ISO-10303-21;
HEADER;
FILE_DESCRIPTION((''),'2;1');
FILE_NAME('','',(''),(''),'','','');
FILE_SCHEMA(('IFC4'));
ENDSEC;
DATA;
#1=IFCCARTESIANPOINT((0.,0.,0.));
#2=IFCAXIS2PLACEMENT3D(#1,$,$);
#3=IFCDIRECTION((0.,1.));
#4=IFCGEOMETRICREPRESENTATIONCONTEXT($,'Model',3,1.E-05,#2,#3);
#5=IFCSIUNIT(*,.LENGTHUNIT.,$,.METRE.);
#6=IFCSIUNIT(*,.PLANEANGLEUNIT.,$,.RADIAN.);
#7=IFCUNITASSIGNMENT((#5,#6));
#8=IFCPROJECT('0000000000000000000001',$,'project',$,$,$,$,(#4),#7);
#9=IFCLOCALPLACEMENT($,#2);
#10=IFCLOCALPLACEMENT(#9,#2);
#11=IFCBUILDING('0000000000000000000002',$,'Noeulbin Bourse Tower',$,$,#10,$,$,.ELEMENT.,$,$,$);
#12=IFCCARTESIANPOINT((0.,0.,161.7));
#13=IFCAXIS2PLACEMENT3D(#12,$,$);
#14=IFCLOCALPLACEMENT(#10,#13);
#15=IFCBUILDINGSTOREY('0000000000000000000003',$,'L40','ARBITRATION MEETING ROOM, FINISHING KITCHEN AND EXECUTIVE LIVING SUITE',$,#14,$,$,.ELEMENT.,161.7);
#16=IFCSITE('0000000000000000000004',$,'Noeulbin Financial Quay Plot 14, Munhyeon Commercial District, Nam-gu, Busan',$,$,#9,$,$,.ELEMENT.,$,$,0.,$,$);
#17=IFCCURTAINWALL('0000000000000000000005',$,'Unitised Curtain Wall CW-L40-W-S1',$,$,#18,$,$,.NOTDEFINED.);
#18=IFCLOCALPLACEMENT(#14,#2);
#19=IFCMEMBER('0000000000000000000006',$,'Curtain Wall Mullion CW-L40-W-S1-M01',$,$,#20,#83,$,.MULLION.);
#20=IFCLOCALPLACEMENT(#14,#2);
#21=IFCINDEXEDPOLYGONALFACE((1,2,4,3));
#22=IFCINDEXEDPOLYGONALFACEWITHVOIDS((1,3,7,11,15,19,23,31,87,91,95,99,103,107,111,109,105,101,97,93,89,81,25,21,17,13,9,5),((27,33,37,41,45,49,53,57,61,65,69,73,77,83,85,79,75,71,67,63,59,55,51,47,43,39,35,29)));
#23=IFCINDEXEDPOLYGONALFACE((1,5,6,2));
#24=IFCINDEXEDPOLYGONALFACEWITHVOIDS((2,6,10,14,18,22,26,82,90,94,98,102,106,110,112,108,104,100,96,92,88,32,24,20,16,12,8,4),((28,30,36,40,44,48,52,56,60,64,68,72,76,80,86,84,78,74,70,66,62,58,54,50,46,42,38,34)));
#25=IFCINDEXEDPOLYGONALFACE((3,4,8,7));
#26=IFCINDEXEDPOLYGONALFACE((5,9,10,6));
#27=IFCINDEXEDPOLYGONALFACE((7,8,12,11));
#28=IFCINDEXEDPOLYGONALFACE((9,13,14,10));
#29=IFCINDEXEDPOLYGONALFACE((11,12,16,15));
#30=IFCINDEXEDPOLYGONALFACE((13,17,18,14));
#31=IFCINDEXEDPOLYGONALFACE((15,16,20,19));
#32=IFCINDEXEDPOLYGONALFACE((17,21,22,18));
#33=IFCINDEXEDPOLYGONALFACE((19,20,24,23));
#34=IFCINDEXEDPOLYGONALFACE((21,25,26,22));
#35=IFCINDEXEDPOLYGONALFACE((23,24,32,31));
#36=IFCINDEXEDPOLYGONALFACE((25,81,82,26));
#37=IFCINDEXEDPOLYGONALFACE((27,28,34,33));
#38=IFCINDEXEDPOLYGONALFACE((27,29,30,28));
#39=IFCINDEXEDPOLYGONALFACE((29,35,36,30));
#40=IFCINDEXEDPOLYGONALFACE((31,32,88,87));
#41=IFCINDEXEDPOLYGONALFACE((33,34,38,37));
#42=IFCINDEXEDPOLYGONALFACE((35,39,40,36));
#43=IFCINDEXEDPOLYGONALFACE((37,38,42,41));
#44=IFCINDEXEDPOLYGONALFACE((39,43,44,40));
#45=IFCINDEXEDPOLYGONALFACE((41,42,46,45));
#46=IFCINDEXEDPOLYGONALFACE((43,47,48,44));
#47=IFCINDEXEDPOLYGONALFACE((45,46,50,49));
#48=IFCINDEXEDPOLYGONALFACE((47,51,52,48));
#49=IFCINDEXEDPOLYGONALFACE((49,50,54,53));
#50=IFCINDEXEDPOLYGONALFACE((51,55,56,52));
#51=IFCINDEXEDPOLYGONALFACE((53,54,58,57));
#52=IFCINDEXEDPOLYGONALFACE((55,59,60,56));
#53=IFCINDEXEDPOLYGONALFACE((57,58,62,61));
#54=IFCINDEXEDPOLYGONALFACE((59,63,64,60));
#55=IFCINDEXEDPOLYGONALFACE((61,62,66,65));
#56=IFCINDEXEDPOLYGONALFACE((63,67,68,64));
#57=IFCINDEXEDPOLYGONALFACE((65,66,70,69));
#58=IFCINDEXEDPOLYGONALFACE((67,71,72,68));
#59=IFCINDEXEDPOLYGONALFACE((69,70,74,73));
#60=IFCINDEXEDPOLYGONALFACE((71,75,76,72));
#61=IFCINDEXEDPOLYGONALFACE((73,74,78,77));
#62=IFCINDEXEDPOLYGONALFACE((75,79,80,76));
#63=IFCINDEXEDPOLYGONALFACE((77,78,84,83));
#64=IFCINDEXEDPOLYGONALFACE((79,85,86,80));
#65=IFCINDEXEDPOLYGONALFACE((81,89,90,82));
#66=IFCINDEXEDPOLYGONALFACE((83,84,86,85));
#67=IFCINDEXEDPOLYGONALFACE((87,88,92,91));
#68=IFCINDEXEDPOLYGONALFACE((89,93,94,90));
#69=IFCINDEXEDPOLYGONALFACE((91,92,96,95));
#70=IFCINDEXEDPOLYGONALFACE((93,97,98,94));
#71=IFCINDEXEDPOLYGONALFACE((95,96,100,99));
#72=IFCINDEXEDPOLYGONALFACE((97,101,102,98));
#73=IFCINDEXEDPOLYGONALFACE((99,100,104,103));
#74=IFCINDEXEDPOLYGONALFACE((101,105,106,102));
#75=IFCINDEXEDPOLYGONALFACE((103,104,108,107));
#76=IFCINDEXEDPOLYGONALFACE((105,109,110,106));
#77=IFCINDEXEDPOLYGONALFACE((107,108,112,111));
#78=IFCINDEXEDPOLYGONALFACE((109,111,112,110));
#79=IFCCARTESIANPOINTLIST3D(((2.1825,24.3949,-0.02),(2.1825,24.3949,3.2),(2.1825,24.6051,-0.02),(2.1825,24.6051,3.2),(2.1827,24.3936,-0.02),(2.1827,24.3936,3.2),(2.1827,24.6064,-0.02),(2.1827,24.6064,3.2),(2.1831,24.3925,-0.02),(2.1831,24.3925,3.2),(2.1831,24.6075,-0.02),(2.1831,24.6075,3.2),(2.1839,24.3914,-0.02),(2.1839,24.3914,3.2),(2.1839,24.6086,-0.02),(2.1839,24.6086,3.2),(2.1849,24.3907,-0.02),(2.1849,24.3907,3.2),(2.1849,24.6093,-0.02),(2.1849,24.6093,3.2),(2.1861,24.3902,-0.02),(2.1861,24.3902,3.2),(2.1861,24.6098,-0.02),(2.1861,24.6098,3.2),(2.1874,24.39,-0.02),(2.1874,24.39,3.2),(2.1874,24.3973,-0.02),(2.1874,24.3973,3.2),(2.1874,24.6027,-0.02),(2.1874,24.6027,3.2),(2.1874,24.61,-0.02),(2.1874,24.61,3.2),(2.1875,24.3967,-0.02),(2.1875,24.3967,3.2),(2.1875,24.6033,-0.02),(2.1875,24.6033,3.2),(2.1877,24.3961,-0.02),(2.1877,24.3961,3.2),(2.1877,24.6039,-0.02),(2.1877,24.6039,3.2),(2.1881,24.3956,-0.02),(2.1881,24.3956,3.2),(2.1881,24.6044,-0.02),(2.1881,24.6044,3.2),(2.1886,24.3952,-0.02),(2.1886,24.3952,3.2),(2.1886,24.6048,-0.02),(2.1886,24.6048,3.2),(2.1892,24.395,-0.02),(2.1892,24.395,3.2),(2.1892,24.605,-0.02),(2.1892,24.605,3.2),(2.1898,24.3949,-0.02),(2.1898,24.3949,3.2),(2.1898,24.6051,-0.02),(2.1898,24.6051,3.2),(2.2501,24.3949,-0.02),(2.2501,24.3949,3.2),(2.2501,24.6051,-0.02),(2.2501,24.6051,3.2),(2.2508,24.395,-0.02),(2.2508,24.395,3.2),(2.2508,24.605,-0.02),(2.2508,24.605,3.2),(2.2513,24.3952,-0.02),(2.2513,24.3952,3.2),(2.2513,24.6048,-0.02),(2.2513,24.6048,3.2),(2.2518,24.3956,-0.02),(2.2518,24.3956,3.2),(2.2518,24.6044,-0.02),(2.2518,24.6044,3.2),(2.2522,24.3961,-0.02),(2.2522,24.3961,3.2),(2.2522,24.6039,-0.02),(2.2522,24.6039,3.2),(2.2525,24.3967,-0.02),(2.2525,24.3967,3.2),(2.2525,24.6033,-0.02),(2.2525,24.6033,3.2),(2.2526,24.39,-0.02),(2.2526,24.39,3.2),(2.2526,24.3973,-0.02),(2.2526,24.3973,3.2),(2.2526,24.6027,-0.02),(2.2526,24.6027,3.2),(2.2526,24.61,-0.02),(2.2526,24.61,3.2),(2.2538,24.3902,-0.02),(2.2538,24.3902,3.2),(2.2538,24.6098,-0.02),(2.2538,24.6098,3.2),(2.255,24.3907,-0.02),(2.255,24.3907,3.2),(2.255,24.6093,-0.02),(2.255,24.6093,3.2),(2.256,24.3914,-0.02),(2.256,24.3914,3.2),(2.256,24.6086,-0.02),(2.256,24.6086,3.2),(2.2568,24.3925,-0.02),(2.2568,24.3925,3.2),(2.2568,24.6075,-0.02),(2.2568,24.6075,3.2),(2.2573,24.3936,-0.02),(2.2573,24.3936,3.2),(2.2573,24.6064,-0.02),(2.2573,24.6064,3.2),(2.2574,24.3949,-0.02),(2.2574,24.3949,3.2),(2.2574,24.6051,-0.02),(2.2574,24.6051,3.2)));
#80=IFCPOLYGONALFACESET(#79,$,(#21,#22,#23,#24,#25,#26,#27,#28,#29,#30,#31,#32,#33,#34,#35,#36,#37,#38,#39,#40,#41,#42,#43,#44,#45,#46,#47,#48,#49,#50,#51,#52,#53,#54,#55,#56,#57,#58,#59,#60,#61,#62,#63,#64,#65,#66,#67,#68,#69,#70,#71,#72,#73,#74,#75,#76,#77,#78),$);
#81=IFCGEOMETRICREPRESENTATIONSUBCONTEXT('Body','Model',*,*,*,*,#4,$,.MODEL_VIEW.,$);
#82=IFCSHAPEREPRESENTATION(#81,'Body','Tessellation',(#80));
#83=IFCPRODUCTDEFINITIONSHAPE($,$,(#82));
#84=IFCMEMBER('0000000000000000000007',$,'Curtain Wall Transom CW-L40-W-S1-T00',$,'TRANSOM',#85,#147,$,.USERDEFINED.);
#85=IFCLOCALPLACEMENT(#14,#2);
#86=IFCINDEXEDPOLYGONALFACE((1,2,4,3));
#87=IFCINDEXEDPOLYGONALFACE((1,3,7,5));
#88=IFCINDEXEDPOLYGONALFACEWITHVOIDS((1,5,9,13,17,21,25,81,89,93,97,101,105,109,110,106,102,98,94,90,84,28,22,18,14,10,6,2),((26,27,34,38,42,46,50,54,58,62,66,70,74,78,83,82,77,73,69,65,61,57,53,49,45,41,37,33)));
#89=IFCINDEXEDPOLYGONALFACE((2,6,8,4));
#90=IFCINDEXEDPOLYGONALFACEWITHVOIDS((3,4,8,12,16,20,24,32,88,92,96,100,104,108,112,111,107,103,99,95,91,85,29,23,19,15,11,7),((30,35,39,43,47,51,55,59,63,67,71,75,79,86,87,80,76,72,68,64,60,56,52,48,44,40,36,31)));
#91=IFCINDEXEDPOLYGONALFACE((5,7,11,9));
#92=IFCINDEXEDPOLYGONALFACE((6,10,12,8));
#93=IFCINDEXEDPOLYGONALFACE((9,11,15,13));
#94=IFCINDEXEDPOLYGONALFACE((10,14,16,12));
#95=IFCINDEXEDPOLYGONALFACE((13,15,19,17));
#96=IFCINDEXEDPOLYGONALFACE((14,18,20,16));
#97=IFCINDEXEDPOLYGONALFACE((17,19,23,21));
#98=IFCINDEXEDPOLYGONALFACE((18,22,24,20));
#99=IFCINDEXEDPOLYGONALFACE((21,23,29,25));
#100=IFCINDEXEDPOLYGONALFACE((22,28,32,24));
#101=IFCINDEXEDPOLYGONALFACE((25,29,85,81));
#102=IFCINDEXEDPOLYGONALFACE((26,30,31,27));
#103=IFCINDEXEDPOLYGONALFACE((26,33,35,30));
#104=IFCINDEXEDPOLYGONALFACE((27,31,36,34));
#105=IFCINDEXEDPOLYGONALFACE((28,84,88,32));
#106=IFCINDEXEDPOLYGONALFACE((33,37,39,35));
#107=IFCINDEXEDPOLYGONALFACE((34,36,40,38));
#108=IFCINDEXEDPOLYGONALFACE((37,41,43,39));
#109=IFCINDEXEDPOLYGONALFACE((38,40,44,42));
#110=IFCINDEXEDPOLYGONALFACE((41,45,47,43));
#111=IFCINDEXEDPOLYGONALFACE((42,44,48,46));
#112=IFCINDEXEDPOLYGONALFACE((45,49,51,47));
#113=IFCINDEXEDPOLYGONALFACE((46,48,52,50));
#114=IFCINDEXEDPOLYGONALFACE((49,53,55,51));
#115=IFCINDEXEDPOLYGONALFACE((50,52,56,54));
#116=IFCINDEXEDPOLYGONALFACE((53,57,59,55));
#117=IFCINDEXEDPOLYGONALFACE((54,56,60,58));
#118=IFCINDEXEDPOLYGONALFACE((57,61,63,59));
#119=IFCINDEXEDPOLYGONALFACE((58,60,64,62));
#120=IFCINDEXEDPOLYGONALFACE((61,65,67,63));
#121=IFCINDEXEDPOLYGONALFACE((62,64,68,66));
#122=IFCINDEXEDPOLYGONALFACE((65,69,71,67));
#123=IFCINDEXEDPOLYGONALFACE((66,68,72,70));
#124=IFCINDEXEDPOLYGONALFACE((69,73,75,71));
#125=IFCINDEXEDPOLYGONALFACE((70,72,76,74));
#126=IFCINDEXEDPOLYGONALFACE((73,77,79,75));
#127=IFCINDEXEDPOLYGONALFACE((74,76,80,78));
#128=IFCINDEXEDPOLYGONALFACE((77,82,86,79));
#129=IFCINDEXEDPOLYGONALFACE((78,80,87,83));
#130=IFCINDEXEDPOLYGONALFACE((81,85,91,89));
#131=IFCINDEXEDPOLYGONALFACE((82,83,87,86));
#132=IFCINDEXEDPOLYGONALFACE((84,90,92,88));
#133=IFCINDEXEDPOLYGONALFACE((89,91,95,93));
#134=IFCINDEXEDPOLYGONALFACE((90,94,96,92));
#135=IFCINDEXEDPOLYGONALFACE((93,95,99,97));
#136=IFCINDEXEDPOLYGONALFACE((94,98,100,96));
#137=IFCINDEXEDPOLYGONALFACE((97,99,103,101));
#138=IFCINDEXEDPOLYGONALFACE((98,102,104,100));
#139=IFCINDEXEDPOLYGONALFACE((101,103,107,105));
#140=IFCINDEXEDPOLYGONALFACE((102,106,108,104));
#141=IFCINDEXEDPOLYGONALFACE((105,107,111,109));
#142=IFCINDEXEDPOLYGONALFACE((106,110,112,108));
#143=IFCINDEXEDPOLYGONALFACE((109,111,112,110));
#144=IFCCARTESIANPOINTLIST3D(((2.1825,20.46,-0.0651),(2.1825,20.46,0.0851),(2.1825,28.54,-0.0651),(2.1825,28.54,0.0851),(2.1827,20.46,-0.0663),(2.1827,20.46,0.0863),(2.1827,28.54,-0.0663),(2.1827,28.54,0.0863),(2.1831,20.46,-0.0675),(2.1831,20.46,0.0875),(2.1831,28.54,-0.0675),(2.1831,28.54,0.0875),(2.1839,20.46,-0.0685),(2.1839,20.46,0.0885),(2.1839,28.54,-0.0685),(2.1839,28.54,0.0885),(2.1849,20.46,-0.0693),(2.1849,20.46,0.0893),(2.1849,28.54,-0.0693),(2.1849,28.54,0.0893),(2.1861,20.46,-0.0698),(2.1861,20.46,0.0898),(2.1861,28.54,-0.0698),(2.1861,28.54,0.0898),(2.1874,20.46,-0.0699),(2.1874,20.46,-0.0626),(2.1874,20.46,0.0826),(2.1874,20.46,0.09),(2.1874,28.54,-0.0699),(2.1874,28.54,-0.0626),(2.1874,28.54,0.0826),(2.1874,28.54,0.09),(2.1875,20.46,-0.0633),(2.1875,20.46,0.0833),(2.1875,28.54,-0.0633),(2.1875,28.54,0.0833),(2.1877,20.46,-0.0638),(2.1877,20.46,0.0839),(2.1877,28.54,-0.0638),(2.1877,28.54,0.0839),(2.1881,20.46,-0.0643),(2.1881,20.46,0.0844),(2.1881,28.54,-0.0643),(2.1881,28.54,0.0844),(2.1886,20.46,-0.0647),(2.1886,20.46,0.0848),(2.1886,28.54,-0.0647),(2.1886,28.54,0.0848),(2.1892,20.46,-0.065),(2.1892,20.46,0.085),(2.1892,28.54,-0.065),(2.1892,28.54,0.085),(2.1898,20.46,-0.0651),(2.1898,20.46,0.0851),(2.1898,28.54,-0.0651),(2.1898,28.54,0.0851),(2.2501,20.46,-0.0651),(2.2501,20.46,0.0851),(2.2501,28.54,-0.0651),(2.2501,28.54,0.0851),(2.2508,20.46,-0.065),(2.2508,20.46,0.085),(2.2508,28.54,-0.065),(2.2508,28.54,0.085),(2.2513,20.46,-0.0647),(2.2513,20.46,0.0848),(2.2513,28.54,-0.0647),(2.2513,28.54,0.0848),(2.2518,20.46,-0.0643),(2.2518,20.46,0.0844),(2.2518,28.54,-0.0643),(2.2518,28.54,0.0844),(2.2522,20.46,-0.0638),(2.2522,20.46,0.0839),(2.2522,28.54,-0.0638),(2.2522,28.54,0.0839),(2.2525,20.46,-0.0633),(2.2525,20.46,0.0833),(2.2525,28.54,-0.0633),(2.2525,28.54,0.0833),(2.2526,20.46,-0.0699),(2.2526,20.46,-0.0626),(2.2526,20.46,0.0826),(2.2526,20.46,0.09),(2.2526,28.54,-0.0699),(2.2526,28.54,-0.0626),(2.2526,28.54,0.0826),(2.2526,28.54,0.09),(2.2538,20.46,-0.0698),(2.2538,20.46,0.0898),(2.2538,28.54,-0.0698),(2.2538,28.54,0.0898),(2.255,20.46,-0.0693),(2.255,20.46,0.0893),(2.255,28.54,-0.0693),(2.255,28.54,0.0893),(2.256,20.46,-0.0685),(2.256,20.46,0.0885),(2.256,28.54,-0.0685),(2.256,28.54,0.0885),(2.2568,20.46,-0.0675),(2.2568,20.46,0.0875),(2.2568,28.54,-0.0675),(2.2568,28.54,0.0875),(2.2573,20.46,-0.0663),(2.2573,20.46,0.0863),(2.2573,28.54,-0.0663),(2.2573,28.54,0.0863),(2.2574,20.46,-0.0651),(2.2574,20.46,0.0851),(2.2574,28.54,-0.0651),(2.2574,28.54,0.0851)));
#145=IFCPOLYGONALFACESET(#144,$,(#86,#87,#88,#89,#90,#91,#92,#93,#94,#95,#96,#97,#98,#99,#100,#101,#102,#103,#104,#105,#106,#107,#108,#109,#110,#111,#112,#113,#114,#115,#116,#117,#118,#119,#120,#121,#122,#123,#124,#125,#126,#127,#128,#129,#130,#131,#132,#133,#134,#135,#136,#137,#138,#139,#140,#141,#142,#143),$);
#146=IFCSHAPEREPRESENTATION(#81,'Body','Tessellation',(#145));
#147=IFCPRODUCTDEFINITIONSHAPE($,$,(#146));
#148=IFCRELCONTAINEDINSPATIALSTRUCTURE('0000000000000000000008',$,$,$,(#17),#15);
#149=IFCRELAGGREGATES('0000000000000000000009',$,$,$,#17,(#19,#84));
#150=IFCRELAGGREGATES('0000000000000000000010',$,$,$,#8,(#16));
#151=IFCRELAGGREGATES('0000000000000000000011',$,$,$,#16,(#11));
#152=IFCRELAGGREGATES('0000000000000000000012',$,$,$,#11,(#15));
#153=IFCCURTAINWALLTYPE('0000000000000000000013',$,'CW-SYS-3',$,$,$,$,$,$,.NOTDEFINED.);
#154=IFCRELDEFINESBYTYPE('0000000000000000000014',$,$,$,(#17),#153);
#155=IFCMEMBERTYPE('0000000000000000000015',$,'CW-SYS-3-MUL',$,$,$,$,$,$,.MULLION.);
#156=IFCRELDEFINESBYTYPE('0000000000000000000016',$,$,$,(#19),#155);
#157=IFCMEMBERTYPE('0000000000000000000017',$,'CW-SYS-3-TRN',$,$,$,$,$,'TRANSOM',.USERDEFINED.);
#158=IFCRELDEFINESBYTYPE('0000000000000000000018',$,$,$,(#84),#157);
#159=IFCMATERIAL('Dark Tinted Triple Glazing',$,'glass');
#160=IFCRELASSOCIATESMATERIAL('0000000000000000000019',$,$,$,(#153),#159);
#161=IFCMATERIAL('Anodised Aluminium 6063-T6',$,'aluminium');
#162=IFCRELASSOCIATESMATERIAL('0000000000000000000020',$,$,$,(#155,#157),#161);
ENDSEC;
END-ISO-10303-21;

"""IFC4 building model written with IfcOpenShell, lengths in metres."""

from ifc_helpers import new_model, si_unit, direction, frame, origin, origin_2d, place, context, subcontext, project, spatial, hollow_rectangle, extrude, material, material_profile, profile_set, type_object, element, aggregate, save


model = new_model("IFC4")

# Units and contexts
model_context = context("Model", 3, precision=1e-05, world=origin(), true_north=direction((0.0, 1.0)))
body_context = subcontext(model_context, "Body", "Model", "MODEL_VIEW")
ifc_project = project(units=[si_unit("LENGTHUNIT", "METRE"), si_unit("PLANEANGLEUNIT", "RADIAN")], contexts=[model_context])

# Site, building, storey
site_placement = place(None, origin())
site = spatial("IfcSite", under=ifc_project, at=site_placement, Name="Noeulbin Financial Quay Plot 14, Munhyeon Commercial District, Nam-gu, Busan", CompositionType="ELEMENT", RefElevation=0.0)
building_placement = place(site_placement, origin())
building = spatial("IfcBuilding", under=site, at=building_placement, Name="Noeulbin Bourse Tower", CompositionType="ELEMENT")
storey_placement = place(building_placement, frame((0.0, 0.0, 161.7)))
storey = spatial("IfcBuildingStorey", under=building, at=storey_placement, Name="L40", Description="ARBITRATION MEETING ROOM, FINISHING KITCHEN AND EXECUTIVE LIVING SUITE", CompositionType="ELEMENT", Elevation=161.7)

# Curtain wall, members
ifc_material_1 = material(Name="Dark Tinted Triple Glazing", Category="glass")
curtain_wall_type = type_object("IfcCurtainWallType", Name="CW-SYS-3", PredefinedType="NOTDEFINED", material=ifc_material_1)
curtain_wall_placement = place(storey_placement, origin())
curtain_wall = element("IfcCurtainWall", 1, at=curtain_wall_placement, inside=storey, type_object=curtain_wall_type, Name="Unitised Curtain Wall CW-L40-W-S1", PredefinedType="NOTDEFINED")
ifc_material_2 = material(Name="Anodised Aluminium 6063-T6", Category="aluminium")
ifc_material_profile_1 = material_profile(ifc_material_2, hollow_rectangle(XDim=0.075, YDim=0.22, WallThickness=0.0049, InnerFilletRadius=0.0024, OuterFilletRadius=0.0049, at=origin_2d()), Name="ALU-MULL-75x220x5", Category="LoadBearing")
ifc_profile_set_1 = profile_set([ifc_material_profile_1], Name="Anodised Aluminium 6063-T6")
member_type_1 = type_object("IfcMemberType", Name="CW-SYS-3-MUL", PredefinedType="MULLION", material=ifc_profile_set_1)
member_1_placement = place(storey_placement, frame((2.22, 24.5, -0.02), z_axis=(0.0, 0.0, 1.0), x_axis=(1.0, 0.0, 0.0)))
member_1 = element("IfcMember", 2, at=member_1_placement, type_object=member_type_1, Name="Curtain Wall Mullion CW-L40-W-S1-M01", PredefinedType="MULLION", context=body_context, shape_type="SweptSolid", body=[
    extrude(hollow_rectangle(XDim=0.075, YDim=0.22, WallThickness=0.0049, InnerFilletRadius=0.0024, OuterFilletRadius=0.0049, at=origin_2d()), origin(), (0.0, 0.0, 1.0), 3.22),
])
ifc_material_profile_2 = material_profile(ifc_material_2, hollow_rectangle(XDim=0.075, YDim=0.1599, WallThickness=0.0049, InnerFilletRadius=0.0024, OuterFilletRadius=0.0049, at=origin_2d()), Name="ALU-TRAN-75x160x5", Category="LoadBearing")
ifc_profile_set_2 = profile_set([ifc_material_profile_2], Name="Anodised Aluminium 6063-T6")
member_type_2 = type_object("IfcMemberType", Name="CW-SYS-3-TRN", ElementType="TRANSOM", PredefinedType="USERDEFINED", material=ifc_profile_set_2)
member_2_placement = place(storey_placement, frame((2.22, 20.46, 0.01), z_axis=(0.0, 1.0, 0.0), x_axis=(-1.0, 0.0, 0.0)))
member_2 = element("IfcMember", 3, at=member_2_placement, type_object=member_type_2, Name="Curtain Wall Transom CW-L40-W-S1-T00", ObjectType="TRANSOM", PredefinedType="USERDEFINED", context=body_context, shape_type="SweptSolid", body=[
    extrude(hollow_rectangle(XDim=0.075, YDim=0.1599, WallThickness=0.0049, InnerFilletRadius=0.0024, OuterFilletRadius=0.0049, at=origin_2d()), origin(), (0.0, 0.0, 1.0), 8.0801),
])
aggregate(curtain_wall, [member_1, member_2])

save(model, "model.ifc")
